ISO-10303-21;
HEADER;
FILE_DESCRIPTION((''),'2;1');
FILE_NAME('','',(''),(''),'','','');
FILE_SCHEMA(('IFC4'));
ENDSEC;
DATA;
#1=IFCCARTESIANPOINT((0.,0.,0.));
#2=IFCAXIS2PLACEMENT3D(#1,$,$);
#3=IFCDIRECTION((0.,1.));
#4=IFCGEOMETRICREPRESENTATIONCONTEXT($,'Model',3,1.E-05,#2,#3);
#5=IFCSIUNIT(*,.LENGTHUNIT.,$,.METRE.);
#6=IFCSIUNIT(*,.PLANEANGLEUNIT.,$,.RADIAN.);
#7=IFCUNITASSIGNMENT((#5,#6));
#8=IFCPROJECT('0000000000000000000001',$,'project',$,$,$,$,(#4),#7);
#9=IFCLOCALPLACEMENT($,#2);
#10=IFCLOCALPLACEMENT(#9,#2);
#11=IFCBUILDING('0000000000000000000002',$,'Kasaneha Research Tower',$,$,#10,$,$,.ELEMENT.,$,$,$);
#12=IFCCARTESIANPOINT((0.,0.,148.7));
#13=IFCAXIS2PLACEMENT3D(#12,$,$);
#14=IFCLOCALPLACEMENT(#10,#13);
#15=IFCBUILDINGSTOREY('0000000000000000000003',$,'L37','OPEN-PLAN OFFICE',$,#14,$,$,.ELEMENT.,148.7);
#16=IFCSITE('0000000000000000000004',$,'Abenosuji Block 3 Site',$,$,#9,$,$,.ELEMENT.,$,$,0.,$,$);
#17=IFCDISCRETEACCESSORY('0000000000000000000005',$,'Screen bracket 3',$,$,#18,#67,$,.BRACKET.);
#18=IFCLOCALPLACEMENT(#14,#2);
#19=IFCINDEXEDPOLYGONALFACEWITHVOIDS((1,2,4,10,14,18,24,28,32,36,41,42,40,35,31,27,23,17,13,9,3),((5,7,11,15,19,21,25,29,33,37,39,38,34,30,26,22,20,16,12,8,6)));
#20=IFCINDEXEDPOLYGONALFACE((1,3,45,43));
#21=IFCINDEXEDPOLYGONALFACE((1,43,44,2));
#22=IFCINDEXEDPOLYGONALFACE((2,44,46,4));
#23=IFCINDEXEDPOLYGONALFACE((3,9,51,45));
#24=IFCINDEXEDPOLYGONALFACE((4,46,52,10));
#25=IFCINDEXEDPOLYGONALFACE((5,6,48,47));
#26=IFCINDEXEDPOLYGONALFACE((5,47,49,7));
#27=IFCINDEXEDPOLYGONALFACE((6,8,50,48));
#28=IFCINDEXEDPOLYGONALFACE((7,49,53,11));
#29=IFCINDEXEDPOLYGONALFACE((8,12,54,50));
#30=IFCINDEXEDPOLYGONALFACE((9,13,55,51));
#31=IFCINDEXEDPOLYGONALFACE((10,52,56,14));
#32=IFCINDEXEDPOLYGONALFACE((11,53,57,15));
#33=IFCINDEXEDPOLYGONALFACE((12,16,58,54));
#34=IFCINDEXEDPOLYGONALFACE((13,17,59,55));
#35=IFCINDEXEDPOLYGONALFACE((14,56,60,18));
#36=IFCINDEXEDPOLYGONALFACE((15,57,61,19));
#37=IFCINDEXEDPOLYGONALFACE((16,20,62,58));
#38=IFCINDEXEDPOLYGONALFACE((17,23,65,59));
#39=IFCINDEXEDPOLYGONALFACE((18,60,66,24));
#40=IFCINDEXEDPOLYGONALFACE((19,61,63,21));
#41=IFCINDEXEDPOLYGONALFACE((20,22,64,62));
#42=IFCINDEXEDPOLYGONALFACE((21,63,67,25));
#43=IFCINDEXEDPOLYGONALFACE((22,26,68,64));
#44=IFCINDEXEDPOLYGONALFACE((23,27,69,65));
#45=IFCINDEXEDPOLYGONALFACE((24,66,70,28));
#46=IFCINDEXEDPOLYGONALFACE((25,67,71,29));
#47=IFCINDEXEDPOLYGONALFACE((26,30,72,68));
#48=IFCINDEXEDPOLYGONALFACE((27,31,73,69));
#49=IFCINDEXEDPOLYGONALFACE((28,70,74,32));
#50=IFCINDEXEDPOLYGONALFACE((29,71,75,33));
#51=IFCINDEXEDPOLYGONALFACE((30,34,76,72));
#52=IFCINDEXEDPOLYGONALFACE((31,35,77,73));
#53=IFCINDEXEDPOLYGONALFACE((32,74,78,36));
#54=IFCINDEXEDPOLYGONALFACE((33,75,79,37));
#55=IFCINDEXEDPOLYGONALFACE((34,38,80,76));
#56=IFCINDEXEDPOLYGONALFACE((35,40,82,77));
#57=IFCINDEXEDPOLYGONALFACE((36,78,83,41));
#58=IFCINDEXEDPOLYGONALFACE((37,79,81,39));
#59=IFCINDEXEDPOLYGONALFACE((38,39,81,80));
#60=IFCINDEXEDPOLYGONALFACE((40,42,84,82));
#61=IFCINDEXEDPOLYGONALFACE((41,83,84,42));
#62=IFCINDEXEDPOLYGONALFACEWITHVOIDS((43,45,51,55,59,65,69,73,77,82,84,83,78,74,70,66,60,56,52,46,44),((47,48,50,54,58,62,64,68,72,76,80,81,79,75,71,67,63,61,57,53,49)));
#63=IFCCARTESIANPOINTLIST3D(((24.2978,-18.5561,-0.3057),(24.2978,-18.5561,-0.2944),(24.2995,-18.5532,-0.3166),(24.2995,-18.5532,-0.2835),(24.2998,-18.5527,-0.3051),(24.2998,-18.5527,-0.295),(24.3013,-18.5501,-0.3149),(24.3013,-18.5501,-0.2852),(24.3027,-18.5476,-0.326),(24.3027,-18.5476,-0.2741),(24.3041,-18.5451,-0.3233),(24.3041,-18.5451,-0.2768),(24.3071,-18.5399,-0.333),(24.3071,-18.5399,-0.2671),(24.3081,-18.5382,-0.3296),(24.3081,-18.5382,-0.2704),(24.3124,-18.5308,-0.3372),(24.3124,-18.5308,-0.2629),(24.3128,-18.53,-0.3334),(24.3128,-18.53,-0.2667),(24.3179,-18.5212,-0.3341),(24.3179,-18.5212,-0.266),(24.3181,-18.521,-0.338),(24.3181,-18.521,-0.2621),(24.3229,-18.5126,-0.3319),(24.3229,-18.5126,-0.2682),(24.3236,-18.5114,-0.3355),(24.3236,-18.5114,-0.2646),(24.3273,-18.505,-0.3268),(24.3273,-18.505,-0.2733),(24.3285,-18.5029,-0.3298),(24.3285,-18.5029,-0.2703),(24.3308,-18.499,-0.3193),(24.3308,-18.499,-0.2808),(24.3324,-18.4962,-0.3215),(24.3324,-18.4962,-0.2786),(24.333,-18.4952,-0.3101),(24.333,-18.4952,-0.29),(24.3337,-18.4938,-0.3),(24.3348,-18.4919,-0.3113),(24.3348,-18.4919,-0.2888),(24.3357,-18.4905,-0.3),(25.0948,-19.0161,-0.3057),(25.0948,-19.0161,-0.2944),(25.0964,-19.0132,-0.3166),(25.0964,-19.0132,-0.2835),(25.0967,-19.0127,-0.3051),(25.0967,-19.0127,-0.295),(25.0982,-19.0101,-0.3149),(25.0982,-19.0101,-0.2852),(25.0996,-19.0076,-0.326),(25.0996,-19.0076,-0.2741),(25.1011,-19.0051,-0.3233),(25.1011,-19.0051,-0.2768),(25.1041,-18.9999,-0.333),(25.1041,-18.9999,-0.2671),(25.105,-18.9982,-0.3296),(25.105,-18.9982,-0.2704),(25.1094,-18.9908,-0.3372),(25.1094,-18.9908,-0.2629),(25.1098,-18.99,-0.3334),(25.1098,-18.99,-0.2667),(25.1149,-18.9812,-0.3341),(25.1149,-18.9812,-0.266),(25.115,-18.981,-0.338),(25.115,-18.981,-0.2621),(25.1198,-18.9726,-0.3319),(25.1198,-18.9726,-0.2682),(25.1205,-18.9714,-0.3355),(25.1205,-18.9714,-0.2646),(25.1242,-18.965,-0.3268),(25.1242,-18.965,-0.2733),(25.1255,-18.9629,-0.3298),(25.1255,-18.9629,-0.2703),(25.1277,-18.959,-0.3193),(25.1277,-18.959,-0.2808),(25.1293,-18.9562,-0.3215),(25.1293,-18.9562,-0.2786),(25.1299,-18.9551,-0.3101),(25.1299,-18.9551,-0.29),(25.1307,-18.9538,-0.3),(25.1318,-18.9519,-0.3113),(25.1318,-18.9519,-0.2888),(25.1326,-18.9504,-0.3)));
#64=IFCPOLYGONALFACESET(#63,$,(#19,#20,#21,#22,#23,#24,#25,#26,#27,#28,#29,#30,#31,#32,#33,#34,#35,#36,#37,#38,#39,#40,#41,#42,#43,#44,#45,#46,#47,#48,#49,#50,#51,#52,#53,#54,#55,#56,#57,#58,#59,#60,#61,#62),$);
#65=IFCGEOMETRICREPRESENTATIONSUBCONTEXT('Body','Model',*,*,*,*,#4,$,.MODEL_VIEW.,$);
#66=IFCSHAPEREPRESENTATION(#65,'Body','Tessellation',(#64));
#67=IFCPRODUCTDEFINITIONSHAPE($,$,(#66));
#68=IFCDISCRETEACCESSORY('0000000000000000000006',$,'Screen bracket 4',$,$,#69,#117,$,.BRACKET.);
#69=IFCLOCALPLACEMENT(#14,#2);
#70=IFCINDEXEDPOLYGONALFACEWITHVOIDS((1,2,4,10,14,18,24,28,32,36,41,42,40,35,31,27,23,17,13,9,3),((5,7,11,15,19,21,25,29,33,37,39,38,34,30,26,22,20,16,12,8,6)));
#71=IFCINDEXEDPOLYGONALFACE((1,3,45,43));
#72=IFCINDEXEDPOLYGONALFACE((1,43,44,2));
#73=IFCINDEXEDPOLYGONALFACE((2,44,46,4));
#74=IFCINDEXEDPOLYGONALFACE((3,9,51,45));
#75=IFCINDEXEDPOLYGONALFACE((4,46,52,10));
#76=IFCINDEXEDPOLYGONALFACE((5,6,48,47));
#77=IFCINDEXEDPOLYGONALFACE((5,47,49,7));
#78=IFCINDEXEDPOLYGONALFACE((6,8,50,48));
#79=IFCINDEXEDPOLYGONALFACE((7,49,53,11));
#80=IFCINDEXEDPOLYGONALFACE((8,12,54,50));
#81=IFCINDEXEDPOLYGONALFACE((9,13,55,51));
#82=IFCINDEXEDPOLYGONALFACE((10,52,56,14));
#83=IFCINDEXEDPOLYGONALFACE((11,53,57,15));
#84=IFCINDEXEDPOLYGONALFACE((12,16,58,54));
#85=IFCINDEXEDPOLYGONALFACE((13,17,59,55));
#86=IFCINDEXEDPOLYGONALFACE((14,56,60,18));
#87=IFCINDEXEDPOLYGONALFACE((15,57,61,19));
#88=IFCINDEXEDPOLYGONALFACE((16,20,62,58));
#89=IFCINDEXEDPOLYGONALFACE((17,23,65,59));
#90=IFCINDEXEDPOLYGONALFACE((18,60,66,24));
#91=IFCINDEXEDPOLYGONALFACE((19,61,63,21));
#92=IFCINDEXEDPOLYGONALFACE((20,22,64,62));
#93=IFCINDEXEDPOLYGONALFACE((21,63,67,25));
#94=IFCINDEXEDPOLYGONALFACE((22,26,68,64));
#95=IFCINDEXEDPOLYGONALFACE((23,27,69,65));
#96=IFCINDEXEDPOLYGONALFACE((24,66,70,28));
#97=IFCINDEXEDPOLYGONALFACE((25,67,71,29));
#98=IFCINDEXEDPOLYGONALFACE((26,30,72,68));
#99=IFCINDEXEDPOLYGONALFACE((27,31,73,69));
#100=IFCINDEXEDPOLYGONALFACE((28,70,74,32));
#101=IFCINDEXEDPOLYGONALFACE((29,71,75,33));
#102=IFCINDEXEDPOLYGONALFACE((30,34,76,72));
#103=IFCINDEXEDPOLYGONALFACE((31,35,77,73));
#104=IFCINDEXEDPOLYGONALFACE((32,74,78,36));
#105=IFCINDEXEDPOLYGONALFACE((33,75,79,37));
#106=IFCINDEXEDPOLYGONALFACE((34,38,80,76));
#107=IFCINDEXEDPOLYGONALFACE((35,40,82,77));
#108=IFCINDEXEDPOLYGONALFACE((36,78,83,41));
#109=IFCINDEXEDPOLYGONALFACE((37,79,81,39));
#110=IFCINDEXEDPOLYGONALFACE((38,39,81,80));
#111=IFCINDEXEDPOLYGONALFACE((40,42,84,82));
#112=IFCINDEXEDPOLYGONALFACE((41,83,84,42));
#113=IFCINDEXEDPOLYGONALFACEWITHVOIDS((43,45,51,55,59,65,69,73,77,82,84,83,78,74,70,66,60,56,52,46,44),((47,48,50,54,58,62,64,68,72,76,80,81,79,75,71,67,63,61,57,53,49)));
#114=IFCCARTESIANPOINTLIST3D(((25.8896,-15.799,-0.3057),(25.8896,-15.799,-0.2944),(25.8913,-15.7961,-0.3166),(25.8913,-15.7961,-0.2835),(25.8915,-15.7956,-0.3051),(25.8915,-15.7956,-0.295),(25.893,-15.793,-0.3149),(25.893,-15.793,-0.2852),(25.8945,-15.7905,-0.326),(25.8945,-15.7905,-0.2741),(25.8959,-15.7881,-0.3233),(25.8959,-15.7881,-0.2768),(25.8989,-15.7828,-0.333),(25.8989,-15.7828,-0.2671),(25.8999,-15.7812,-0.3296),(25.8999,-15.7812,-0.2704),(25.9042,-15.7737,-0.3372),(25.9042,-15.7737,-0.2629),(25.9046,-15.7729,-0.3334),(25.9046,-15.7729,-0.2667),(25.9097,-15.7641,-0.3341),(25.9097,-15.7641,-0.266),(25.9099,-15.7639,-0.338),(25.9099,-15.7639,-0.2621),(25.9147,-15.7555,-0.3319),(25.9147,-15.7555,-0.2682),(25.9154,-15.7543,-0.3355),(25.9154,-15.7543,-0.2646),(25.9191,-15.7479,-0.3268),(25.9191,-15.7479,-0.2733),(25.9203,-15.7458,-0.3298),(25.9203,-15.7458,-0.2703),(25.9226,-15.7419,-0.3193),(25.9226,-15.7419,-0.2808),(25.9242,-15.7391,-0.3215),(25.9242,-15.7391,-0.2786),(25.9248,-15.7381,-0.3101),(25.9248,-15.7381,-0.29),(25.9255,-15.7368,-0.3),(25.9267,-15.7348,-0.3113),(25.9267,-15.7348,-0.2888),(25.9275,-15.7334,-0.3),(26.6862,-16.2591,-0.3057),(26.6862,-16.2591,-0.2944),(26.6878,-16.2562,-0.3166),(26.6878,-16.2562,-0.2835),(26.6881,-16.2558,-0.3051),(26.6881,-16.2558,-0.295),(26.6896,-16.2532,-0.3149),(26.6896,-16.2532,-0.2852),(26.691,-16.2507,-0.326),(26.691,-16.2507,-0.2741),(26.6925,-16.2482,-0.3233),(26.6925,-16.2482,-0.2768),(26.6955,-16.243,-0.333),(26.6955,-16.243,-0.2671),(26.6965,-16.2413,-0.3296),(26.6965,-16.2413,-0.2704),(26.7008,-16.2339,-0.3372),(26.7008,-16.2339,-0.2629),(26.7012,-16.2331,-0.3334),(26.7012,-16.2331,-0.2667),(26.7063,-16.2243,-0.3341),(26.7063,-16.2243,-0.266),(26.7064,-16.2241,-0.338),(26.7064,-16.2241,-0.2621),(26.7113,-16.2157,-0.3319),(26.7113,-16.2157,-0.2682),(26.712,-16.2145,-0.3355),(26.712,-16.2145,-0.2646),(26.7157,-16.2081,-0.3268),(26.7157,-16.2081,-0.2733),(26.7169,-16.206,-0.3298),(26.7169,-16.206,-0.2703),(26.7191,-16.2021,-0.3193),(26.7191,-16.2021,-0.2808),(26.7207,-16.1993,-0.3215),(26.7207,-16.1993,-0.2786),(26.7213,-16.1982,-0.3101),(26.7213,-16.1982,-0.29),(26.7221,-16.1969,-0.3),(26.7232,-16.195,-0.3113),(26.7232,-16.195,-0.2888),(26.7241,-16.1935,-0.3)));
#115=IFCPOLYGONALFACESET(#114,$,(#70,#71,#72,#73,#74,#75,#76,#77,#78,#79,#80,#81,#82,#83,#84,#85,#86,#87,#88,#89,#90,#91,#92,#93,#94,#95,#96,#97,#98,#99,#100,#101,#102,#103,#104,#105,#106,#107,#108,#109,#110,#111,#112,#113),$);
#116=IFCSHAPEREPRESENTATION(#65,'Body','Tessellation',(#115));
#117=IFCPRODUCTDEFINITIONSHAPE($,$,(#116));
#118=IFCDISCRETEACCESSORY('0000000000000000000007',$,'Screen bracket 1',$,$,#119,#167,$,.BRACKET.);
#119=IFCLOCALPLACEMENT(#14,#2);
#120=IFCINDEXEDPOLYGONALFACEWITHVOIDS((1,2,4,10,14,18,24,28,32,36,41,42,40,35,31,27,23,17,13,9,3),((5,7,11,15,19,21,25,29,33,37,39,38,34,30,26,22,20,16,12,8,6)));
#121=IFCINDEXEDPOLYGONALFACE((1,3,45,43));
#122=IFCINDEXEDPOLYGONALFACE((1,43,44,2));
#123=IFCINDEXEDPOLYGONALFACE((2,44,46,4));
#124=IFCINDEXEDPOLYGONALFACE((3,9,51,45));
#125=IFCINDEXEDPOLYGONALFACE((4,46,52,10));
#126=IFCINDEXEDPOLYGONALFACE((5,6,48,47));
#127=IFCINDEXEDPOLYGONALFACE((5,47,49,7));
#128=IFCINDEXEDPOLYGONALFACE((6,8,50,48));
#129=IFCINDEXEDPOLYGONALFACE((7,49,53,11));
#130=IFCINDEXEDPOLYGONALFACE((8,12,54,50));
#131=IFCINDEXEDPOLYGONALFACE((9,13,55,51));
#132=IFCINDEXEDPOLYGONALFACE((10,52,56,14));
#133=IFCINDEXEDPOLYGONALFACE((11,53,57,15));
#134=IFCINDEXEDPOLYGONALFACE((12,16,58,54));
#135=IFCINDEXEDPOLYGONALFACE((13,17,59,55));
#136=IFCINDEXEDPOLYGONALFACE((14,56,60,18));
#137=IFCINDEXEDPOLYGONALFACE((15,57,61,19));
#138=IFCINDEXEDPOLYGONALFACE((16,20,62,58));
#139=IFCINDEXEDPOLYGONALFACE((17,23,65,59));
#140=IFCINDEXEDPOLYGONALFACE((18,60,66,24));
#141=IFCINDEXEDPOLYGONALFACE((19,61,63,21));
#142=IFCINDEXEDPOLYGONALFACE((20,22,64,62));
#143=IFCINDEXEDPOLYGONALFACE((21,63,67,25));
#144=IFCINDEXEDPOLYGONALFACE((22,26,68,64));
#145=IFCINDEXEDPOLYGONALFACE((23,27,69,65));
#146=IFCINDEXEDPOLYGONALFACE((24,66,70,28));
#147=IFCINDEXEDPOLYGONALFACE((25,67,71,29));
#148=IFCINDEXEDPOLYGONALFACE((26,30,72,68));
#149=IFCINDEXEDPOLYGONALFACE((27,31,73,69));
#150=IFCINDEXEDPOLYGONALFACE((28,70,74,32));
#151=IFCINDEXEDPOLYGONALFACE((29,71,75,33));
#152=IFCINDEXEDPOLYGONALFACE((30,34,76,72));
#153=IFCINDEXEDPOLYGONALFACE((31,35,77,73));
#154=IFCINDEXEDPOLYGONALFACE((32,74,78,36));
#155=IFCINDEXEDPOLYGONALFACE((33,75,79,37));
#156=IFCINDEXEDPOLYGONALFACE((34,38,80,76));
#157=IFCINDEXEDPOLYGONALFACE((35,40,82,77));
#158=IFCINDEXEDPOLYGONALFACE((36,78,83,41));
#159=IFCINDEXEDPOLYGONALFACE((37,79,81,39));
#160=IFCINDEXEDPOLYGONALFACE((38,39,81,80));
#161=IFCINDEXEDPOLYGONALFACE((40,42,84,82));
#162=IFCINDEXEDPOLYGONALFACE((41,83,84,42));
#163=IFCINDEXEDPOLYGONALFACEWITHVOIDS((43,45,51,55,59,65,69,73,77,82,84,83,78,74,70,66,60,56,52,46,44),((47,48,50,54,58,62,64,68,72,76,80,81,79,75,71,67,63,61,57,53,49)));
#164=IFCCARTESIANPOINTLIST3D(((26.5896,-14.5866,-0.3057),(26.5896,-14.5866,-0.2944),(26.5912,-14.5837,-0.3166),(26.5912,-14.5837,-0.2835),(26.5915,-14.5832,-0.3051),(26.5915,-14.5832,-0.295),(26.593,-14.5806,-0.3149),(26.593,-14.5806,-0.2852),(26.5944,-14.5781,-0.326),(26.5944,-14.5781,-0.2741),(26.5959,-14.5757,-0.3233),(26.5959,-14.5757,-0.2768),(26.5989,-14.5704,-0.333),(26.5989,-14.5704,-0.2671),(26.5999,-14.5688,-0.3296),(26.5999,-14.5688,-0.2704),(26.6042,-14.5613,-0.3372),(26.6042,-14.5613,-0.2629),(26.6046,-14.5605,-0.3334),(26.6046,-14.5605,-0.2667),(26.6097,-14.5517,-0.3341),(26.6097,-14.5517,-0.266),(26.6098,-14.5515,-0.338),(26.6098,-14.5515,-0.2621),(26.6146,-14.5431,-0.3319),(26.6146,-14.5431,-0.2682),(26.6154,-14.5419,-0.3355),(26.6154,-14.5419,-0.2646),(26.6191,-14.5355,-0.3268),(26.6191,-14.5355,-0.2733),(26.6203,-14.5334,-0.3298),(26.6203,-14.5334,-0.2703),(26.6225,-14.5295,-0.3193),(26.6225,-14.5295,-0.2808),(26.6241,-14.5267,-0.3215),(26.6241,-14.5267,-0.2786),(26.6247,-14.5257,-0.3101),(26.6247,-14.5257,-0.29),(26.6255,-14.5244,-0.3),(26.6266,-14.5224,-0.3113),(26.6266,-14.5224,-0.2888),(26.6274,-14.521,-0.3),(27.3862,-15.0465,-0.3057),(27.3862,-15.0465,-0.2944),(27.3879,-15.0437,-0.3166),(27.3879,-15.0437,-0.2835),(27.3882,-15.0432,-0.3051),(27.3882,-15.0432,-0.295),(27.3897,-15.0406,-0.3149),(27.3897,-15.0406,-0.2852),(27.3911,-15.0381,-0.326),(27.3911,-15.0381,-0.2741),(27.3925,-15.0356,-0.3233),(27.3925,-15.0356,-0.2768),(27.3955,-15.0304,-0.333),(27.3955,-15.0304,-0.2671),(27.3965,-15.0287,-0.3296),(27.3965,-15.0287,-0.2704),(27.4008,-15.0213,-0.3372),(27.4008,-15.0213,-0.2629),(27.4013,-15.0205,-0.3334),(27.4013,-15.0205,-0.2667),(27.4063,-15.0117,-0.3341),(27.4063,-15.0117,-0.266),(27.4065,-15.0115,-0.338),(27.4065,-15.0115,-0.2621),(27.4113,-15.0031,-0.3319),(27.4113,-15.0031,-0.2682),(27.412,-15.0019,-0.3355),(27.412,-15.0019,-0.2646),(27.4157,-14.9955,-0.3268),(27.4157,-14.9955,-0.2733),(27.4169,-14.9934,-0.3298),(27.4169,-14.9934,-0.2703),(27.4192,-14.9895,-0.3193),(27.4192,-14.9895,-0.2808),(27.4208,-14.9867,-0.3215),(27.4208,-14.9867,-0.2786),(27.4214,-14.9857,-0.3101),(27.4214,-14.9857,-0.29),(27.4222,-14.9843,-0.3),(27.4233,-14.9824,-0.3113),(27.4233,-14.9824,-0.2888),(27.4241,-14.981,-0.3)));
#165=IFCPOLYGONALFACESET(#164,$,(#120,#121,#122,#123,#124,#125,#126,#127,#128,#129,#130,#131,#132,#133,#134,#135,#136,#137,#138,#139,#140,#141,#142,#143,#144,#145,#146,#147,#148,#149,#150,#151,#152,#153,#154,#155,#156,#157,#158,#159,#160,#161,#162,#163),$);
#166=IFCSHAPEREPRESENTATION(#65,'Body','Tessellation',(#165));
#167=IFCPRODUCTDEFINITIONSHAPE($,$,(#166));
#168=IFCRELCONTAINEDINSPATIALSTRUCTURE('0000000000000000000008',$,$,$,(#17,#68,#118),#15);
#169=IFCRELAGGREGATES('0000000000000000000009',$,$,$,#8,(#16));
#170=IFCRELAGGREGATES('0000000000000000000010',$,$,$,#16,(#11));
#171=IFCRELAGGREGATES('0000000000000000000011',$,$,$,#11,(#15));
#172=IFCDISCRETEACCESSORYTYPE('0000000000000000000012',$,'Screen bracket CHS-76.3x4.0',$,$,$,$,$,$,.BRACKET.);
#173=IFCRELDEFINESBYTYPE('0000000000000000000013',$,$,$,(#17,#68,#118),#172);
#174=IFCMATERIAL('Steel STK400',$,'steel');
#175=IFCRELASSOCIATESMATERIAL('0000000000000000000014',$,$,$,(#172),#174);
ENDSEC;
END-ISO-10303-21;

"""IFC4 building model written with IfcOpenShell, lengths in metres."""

from ifc_helpers import new_model, si_unit, direction, frame, origin, origin_2d, place, context, subcontext, project, spatial, hollow_circle, extrude, material, material_profile, profile_set, type_object, element, save


model = new_model("IFC4")

# Units and contexts
model_context = context("Model", 3, precision=1e-05, world=origin(), true_north=direction((0.0, 1.0)))
body_context = subcontext(model_context, "Body", "Model", "MODEL_VIEW")
ifc_project = project(units=[si_unit("LENGTHUNIT", "METRE"), si_unit("PLANEANGLEUNIT", "RADIAN")], contexts=[model_context])

# Site, building, storey
site_placement = place(None, origin())
site = spatial("IfcSite", under=ifc_project, at=site_placement, Name="Abenosuji Block 3 Site", CompositionType="ELEMENT", RefElevation=0.0)
building_placement = place(site_placement, origin())
building = spatial("IfcBuilding", under=site, at=building_placement, Name="Kasaneha Research Tower", CompositionType="ELEMENT")
storey_placement = place(building_placement, frame((0.0, 0.0, 148.7)))
storey = spatial("IfcBuildingStorey", under=building, at=storey_placement, Name="L37", Description="OPEN-PLAN OFFICE", CompositionType="ELEMENT", Elevation=148.7)

# Discrete accessories
ifc_material_1 = material(Name="Steel STK400", Category="steel")
ifc_material_profile_1 = material_profile(ifc_material_1, hollow_circle(Radius=0.0381, WallThickness=0.0039, at=origin_2d()), Name="CHS-76.3x4.0")
ifc_profile_set_1 = profile_set([ifc_material_profile_1], Name="Steel STK400")
discrete_accessory_type = type_object("IfcDiscreteAccessoryType", Name="Screen bracket CHS-76.3x4.0", PredefinedType="BRACKET", material=ifc_profile_set_1)
discrete_accessory_1_placement = place(storey_placement, frame((24.3167, -18.5234, -0.3), z_axis=(0.86608, -0.499906, 0.0), x_axis=(0.499906, 0.86608, 0.0)))
element("IfcDiscreteAccessory", 1, at=discrete_accessory_1_placement, inside=storey, type_object=discrete_accessory_type, Name="Screen bracket 3", PredefinedType="BRACKET", context=body_context, shape_type="SweptSolid", body=[
    extrude(hollow_circle(Radius=0.0381, WallThickness=0.0039, at=origin_2d()), origin(), (0.0, 0.0, 1.0), 0.9202),
])
for number, where, z_axis, x_axis, name in (
    (2, (25.9084, -15.7664, -0.3), (0.865898, -0.50022, 0.0), (0.50022, 0.865898, 0.0), "Screen bracket 4"),
    (3, (26.6084, -14.554, -0.3), (0.866013, -0.500021, 0.0), (0.500021, 0.866013, 0.0), "Screen bracket 1"),
):
    element("IfcDiscreteAccessory", number, at=place(storey_placement, frame(where, z_axis=z_axis, x_axis=x_axis)), inside=storey, type_object=discrete_accessory_type, Name=name, PredefinedType="BRACKET", context=body_context, shape_type="SweptSolid", body=[
        extrude(hollow_circle(Radius=0.0381, WallThickness=0.0039, at=origin_2d()), origin(), (0.0, 0.0, 1.0), 0.9199),
    ])

save(model, "model.ifc")
